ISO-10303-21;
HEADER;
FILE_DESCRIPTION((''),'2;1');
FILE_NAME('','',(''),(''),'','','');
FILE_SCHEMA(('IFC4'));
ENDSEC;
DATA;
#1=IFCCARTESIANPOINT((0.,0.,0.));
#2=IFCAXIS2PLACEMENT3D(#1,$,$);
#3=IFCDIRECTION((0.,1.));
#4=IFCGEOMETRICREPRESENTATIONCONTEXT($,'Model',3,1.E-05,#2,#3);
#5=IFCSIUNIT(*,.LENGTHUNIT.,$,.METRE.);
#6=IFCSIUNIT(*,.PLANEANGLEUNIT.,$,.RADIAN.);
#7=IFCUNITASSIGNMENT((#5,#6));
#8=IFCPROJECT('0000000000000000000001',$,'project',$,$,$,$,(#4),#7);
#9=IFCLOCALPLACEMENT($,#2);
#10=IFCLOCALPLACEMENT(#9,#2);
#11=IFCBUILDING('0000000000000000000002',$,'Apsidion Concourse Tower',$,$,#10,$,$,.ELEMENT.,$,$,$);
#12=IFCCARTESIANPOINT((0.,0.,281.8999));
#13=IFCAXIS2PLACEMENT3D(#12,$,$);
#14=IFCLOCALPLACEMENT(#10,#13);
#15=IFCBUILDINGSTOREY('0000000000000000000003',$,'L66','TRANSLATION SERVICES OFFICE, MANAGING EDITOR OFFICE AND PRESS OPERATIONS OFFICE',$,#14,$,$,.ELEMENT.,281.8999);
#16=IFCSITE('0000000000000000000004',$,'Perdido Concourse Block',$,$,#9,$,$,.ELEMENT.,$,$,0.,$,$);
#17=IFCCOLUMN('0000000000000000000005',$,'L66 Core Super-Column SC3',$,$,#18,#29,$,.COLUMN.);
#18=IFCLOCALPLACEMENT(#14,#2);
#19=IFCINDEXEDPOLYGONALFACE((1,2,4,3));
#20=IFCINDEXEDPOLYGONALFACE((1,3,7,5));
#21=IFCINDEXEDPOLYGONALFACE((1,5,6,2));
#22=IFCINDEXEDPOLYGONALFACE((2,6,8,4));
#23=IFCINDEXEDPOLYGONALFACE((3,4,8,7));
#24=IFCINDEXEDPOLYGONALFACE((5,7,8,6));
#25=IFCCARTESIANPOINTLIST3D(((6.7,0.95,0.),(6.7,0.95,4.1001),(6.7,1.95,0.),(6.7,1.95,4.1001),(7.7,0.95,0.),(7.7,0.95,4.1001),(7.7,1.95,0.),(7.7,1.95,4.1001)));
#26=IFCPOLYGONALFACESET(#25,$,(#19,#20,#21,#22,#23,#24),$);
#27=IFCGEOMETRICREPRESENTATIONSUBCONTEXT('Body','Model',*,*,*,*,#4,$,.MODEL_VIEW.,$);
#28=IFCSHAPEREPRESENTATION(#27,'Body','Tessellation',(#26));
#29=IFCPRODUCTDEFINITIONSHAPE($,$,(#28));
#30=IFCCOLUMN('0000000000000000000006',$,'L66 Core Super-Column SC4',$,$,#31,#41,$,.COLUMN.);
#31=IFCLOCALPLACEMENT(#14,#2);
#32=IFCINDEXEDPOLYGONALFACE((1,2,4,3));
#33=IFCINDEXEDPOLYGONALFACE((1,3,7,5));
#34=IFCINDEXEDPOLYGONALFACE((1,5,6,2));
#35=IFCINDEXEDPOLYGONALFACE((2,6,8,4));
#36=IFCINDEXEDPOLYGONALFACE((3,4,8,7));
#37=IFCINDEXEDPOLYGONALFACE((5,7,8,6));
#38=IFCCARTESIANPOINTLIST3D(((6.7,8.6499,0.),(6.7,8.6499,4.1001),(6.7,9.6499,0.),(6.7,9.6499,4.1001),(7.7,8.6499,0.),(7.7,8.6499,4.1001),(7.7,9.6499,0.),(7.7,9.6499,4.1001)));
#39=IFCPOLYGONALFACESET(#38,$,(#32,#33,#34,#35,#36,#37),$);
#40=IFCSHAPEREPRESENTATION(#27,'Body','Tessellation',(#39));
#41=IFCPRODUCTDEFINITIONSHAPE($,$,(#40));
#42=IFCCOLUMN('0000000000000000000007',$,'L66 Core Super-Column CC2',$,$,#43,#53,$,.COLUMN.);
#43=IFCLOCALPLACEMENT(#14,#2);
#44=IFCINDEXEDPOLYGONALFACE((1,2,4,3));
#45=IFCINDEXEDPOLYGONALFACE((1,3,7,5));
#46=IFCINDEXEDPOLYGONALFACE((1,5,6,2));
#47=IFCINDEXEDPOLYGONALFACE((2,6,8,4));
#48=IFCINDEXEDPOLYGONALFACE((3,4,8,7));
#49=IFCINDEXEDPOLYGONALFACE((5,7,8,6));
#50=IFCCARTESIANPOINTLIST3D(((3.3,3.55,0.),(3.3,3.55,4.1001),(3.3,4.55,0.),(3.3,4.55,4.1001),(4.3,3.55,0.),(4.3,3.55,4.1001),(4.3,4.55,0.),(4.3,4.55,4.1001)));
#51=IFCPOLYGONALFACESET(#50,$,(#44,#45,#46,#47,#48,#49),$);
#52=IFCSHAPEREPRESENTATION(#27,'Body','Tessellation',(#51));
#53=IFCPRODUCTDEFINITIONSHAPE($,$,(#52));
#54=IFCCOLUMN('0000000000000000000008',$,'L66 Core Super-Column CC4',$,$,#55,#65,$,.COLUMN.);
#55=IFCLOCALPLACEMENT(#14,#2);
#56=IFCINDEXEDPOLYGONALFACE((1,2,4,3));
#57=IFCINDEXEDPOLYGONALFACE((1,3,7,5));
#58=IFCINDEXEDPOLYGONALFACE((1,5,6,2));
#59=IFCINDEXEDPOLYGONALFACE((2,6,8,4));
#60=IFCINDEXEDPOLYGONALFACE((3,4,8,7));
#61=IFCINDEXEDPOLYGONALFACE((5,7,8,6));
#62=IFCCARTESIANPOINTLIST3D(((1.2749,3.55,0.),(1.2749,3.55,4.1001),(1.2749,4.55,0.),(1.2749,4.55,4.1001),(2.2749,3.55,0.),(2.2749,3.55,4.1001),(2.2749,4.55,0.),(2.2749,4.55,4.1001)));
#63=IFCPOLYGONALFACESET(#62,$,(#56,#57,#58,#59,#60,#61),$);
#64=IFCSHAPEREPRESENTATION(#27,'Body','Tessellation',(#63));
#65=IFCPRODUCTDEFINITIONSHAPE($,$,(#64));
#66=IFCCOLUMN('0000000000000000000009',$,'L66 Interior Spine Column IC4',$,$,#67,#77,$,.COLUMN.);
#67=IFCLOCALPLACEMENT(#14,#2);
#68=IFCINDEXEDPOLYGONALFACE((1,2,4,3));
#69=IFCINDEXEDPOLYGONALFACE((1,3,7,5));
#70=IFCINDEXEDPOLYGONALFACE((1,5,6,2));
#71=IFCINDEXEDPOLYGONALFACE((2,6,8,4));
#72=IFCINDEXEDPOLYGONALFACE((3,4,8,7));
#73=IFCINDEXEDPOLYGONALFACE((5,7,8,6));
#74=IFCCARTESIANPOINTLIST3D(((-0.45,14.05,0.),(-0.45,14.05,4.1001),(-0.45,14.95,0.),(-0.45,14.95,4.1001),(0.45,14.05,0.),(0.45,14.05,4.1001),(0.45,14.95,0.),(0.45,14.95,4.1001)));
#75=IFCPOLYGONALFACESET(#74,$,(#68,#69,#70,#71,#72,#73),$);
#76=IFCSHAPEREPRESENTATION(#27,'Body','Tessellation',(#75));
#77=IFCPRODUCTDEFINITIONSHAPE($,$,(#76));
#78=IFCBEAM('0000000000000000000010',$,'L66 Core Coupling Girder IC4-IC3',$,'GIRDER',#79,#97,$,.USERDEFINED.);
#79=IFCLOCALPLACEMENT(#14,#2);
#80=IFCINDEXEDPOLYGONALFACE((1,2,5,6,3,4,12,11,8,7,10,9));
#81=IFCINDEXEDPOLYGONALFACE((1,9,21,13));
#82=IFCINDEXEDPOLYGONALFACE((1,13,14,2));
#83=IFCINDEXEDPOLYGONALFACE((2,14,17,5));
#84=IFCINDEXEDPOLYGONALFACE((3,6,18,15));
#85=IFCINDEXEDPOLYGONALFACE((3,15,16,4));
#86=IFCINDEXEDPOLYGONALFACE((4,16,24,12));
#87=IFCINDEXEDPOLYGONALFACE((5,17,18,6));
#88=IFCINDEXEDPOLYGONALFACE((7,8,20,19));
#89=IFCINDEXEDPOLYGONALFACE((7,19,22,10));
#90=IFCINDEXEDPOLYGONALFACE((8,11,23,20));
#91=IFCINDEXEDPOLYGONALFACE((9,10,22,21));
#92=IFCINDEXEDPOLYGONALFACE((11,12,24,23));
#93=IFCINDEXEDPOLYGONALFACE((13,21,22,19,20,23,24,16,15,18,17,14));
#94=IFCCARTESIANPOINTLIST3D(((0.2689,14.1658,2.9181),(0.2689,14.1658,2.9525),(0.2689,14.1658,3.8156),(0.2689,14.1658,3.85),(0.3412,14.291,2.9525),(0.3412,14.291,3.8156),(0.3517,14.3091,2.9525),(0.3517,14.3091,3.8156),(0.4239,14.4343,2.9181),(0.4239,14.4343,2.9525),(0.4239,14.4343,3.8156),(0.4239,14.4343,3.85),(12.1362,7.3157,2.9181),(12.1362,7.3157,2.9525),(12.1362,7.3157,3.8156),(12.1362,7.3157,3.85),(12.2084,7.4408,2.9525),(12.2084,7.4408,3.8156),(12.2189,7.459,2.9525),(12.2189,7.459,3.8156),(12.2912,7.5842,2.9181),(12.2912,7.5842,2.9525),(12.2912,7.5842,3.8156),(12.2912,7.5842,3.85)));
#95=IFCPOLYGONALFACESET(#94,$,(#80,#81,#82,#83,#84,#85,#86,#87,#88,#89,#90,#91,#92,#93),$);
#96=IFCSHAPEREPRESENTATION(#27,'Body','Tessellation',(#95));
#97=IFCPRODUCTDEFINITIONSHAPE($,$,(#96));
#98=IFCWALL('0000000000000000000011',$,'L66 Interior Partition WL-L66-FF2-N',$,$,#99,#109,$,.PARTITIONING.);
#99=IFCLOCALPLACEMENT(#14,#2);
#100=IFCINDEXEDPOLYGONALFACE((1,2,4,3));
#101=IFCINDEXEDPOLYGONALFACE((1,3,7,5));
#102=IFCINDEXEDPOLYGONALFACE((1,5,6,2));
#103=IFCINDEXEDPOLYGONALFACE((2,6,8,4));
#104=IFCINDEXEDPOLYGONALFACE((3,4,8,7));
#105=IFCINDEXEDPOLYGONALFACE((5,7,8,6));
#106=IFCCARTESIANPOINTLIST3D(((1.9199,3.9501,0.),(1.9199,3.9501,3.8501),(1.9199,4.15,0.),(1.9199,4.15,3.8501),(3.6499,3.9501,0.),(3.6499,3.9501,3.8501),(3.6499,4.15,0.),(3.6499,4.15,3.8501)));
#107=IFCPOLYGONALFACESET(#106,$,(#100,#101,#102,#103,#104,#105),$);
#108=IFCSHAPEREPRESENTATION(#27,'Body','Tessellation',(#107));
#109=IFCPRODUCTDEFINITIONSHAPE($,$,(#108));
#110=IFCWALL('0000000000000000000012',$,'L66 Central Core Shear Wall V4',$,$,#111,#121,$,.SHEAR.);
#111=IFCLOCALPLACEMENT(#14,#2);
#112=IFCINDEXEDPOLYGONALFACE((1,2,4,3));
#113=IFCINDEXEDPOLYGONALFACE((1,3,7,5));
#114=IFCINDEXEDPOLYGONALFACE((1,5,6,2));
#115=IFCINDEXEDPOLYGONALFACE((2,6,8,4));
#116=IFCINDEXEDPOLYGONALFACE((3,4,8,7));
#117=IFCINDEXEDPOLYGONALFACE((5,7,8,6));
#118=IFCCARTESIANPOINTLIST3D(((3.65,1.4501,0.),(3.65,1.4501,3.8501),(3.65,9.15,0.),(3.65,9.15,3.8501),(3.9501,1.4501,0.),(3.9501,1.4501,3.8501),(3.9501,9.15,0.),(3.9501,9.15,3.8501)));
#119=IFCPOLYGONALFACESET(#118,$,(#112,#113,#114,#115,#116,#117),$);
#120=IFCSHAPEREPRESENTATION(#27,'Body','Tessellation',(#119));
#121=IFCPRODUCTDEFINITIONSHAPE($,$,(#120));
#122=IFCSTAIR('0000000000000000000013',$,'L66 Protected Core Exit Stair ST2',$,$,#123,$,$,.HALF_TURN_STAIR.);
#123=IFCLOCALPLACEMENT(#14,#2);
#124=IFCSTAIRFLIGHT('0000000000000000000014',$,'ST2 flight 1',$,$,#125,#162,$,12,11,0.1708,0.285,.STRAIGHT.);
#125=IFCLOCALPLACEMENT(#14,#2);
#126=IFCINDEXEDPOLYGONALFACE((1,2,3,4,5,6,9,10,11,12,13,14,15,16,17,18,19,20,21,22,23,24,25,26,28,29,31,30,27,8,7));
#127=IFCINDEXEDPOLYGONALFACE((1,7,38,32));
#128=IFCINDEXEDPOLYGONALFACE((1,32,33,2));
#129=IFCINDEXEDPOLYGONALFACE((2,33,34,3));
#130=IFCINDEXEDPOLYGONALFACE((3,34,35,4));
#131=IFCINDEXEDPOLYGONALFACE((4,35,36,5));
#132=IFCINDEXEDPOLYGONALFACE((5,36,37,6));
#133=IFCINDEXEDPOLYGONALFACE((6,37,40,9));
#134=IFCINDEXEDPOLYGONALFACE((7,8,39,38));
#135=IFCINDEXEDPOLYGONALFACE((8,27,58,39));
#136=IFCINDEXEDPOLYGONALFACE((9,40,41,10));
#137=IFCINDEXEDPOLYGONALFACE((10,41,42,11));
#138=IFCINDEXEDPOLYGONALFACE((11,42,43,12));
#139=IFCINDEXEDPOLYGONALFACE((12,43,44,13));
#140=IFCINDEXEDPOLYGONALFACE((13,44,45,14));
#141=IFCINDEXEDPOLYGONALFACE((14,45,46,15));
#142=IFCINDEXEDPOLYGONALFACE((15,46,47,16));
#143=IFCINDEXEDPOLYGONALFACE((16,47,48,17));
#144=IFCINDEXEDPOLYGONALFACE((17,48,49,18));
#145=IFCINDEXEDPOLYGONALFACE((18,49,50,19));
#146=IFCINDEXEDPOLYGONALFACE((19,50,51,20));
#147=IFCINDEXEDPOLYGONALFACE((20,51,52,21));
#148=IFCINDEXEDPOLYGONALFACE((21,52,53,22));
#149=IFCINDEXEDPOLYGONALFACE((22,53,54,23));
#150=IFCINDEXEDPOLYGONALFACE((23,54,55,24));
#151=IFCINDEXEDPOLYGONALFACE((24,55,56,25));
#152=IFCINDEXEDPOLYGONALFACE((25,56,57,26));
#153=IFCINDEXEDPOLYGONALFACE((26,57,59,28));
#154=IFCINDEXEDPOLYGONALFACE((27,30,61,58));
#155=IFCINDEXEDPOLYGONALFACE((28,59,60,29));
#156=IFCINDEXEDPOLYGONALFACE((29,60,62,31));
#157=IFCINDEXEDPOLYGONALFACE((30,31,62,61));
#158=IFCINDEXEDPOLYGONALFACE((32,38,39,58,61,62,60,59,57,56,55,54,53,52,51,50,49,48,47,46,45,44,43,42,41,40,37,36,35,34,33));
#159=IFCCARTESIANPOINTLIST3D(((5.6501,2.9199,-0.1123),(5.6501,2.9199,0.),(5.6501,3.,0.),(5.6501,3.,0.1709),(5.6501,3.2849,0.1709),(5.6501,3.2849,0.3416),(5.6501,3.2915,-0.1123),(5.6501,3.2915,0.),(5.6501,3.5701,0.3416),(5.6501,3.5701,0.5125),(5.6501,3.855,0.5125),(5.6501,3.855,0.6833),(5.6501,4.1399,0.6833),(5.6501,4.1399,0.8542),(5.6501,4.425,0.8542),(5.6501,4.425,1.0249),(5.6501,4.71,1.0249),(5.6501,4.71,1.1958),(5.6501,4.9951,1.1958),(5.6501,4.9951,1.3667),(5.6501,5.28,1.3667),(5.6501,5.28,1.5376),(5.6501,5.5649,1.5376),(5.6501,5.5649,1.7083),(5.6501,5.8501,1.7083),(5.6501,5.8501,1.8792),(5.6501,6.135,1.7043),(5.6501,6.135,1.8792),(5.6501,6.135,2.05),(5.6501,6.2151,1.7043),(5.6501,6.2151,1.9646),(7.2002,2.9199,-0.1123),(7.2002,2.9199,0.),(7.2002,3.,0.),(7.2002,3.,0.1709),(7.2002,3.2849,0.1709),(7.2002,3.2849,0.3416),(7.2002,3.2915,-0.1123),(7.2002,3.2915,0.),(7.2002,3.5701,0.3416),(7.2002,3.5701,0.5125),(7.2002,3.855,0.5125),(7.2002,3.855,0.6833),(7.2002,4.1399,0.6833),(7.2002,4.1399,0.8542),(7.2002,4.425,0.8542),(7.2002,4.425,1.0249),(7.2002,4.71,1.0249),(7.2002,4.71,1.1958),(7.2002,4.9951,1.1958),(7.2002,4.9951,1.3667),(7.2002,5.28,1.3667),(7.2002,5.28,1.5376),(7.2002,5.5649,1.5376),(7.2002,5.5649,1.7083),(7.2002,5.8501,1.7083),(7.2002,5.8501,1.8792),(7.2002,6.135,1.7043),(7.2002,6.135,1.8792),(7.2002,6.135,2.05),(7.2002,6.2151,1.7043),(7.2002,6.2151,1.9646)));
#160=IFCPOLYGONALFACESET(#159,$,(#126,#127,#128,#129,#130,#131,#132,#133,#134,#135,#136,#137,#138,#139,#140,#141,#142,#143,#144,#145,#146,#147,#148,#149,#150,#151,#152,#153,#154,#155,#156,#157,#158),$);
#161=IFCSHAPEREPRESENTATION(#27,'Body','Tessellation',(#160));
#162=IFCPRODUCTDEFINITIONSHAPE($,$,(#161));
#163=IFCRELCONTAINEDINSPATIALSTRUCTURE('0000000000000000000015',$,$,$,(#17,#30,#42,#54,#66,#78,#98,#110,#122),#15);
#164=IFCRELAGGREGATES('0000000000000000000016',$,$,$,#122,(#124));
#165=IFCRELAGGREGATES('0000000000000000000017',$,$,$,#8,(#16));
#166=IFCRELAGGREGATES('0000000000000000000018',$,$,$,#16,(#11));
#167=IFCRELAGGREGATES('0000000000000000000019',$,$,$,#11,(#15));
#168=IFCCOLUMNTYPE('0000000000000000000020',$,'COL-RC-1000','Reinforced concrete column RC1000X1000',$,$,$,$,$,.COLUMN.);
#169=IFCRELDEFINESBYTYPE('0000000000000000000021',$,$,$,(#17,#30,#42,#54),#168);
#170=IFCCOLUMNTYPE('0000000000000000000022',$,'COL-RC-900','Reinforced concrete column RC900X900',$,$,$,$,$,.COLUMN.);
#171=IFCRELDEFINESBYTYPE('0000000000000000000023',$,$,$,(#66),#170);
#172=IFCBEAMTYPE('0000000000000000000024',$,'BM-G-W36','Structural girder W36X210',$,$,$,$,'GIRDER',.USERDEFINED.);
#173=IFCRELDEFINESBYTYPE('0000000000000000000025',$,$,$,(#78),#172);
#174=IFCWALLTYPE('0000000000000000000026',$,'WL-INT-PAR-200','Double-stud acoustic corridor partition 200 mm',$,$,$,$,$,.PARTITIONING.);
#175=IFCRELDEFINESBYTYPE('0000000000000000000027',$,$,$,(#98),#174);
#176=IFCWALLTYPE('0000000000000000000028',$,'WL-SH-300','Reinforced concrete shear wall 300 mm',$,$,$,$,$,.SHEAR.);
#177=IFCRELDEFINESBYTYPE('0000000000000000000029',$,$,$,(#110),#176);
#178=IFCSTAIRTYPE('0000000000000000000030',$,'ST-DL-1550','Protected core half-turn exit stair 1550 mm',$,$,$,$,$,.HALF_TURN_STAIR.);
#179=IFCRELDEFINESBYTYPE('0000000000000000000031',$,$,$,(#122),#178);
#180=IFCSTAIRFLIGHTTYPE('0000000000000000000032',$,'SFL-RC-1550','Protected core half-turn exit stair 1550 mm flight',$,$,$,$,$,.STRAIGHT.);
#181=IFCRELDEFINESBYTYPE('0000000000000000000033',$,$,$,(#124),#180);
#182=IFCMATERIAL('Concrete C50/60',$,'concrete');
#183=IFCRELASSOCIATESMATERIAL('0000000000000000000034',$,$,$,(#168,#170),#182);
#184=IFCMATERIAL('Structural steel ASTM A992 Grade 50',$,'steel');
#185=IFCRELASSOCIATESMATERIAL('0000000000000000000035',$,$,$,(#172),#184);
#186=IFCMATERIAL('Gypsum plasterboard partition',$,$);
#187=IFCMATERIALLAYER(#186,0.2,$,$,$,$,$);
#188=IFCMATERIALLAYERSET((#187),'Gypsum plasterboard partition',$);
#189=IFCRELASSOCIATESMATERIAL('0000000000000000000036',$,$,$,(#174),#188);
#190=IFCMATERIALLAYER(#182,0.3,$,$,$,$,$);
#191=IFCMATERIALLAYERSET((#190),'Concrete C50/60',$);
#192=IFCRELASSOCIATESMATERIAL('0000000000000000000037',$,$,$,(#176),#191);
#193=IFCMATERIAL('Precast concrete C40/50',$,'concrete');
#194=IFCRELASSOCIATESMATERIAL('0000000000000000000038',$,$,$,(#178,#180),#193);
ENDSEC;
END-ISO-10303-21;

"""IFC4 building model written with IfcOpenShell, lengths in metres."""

from ifc_helpers import new_model, si_unit, direction, frame, frame_2d, origin, origin_2d, place, context, subcontext, project, spatial, polyline, rectangle, i_section, outline, extrude, material, layer, layer_set, material_profile, profile_set, type_object, element, aggregate, save


model = new_model("IFC4")

# Units and contexts
model_context = context("Model", 3, precision=1e-05, world=origin(), true_north=direction((0.0, 1.0)))
body_context = subcontext(model_context, "Body", "Model", "MODEL_VIEW")
ifc_project = project(units=[si_unit("LENGTHUNIT", "METRE"), si_unit("PLANEANGLEUNIT", "RADIAN")], contexts=[model_context])

# Site, building, storey
site_placement = place(None, origin())
site = spatial("IfcSite", under=ifc_project, at=site_placement, Name="Perdido Concourse Block", CompositionType="ELEMENT", RefElevation=0.0)
building_placement = place(site_placement, origin())
building = spatial("IfcBuilding", under=site, at=building_placement, Name="Apsidion Concourse Tower", CompositionType="ELEMENT")
storey_placement = place(building_placement, frame((0.0, 0.0, 281.8999)))
storey = spatial("IfcBuildingStorey", under=building, at=storey_placement, Name="L66", Description="TRANSLATION SERVICES OFFICE, MANAGING EDITOR OFFICE AND PRESS OPERATIONS OFFICE", CompositionType="ELEMENT", Elevation=281.8999)

# Columns
ifc_material_1 = material(Name="Concrete C50/60", Category="concrete")
ifc_material_profile_1 = material_profile(ifc_material_1, rectangle(XDim=1.0, YDim=1.0, at=origin_2d()), Name="RC 1000x1000")
ifc_profile_set_1 = profile_set([ifc_material_profile_1], Name="Concrete C50/60")
column_type_1 = type_object("IfcColumnType", Name="COL-RC-1000", Description="Reinforced concrete column RC1000X1000", PredefinedType="COLUMN", material=ifc_profile_set_1)
for number, where, z_axis, x_axis, name in (
    (1, (7.2, 1.45, 0.0), (0.0, 0.0, 1.0), (1.0, 0.0, 0.0), "L66 Core Super-Column SC3"),
    (2, (7.2, 9.1499, 0.0), (0.0, 0.0, 1.0), (1.0, 0.0, 0.0), "L66 Core Super-Column SC4"),
    (3, (3.8, 4.05, 0.0), (0.0, 0.0, 1.0), (1.0, 0.0, 0.0), "L66 Core Super-Column CC2"),
    (4, (1.7749, 4.05, 0.0), (0.0, 0.0, 1.0), (1.0, 0.0, 0.0), "L66 Core Super-Column CC4"),
):
    element("IfcColumn", number, at=place(storey_placement, frame(where, z_axis=z_axis, x_axis=x_axis)), inside=storey, type_object=column_type_1, Name=name, PredefinedType="COLUMN", context=body_context, shape_type="SweptSolid", body=[
        extrude(rectangle(XDim=1.0, YDim=1.0, at=origin_2d()), origin(), (0.0, 0.0, 1.0), 4.1001),
    ])
ifc_material_profile_2 = material_profile(ifc_material_1, rectangle(XDim=0.8999, YDim=0.8999, at=origin_2d()), Name="RC 900x900")
ifc_profile_set_2 = profile_set([ifc_material_profile_2], Name="Concrete C50/60")
column_type_2 = type_object("IfcColumnType", Name="COL-RC-900", Description="Reinforced concrete column RC900X900", PredefinedType="COLUMN", material=ifc_profile_set_2)
column_placement = place(storey_placement, frame((0.0, 14.5, 0.0), z_axis=(0.0, 0.0, 1.0), x_axis=(1.0, 0.0, 0.0)))
element("IfcColumn", 5, at=column_placement, inside=storey, type_object=column_type_2, Name="L66 Interior Spine Column IC4", PredefinedType="COLUMN", context=body_context, shape_type="SweptSolid", body=[
    extrude(rectangle(XDim=0.8999, YDim=0.8999, at=origin_2d()), origin(), (0.0, 0.0, 1.0), 4.1001),
])

# Beam
ifc_material_2 = material(Name="Structural steel ASTM A992 Grade 50", Category="steel")
ifc_material_profile_3 = material_profile(ifc_material_2, i_section(OverallWidth=0.3101, OverallDepth=0.9319, WebThickness=0.021, FlangeThickness=0.0344, at=origin_2d()), Name="W36X210")
ifc_profile_set_3 = profile_set([ifc_material_profile_3], Name="Structural steel ASTM A992 Grade 50")
beam_type = type_object("IfcBeamType", Name="BM-G-W36", Description="Structural girder W36X210", ElementType="GIRDER", PredefinedType="USERDEFINED", material=ifc_profile_set_3)
beam_placement = place(storey_placement, frame((0.3464, 14.3, 3.384), z_axis=(0.86607, -0.499922, 0.0), x_axis=(0.499922, 0.86607, 0.0)))
element("IfcBeam", 6, at=beam_placement, inside=storey, type_object=beam_type, Name="L66 Core Coupling Girder IC4-IC3", ObjectType="GIRDER", PredefinedType="USERDEFINED", context=body_context, shape_type="SweptSolid", body=[
    extrude(i_section(OverallWidth=0.3101, OverallDepth=0.9319, WebThickness=0.021, FlangeThickness=0.0344, at=origin_2d()), origin(), (0.0, 0.0, 1.0), 13.7024),
])

# Walls
ifc_material_3 = material(Name="Gypsum plasterboard partition")
ifc_layer_1 = layer(ifc_material_3, 0.2)
ifc_layer_set_1 = layer_set([ifc_layer_1], Name="Gypsum plasterboard partition")
wall_type_1 = type_object("IfcWallType", Name="WL-INT-PAR-200", Description="Double-stud acoustic corridor partition 200 mm", PredefinedType="PARTITIONING", material=ifc_layer_set_1)
wall_1_placement = place(storey_placement, frame((1.9199, 4.05, 0.0), z_axis=(0.0, 0.0, 1.0), x_axis=(1.0, 0.0, 0.0)))
element("IfcWall", 7, at=wall_1_placement, inside=storey, type_object=wall_type_1, Name="L66 Interior Partition WL-L66-FF2-N", PredefinedType="PARTITIONING", context=body_context, shape_type="SweptSolid", body=[
    extrude(rectangle(XDim=1.73, YDim=0.2, at=frame_2d((0.865, 0.0))), origin(), (0.0, 0.0, 1.0), 3.8501),
])
ifc_layer_2 = layer(ifc_material_1, 0.3)
ifc_layer_set_2 = layer_set([ifc_layer_2], Name="Concrete C50/60")
wall_type_2 = type_object("IfcWallType", Name="WL-SH-300", Description="Reinforced concrete shear wall 300 mm", PredefinedType="SHEAR", material=ifc_layer_set_2)
wall_2_placement = place(storey_placement, frame((3.8, 1.45, 0.0), z_axis=(0.0, 0.0, 1.0), x_axis=(0.0, 1.0, 0.0)))
element("IfcWall", 8, at=wall_2_placement, inside=storey, type_object=wall_type_2, Name="L66 Central Core Shear Wall V4", PredefinedType="SHEAR", context=body_context, shape_type="SweptSolid", body=[
    extrude(rectangle(XDim=7.7, YDim=0.3, at=frame_2d((3.8501, 0.0))), origin(), (0.0, 0.0, 1.0), 3.8501),
])

# Stair, stair flight
ifc_material_4 = material(Name="Precast concrete C40/50", Category="concrete")
stair_type = type_object("IfcStairType", Name="ST-DL-1550", Description="Protected core half-turn exit stair 1550 mm", PredefinedType="HALF_TURN_STAIR", material=ifc_material_4)
stair_1_placement = place(storey_placement, origin())
stair_1 = element("IfcStair", 9, at=stair_1_placement, inside=storey, type_object=stair_type, Name="L66 Protected Core Exit Stair ST2", PredefinedType="HALF_TURN_STAIR")
stair_flight_type = type_object("IfcStairFlightType", Name="SFL-RC-1550", Description="Protected core half-turn exit stair 1550 mm flight", PredefinedType="STRAIGHT", material=ifc_material_4)
stair_flight_1_placement = place(storey_placement, frame((6.425, 3.0, 0.0), z_axis=(0.0, 0.0, 1.0), x_axis=(0.0, 1.0, 0.0)))
stair_flight_1 = element("IfcStairFlight", 10, at=stair_flight_1_placement, type_object=stair_flight_type, Name="ST2 flight 1", NumberOfRisers=12, NumberOfTreads=11, PredefinedType="STRAIGHT", RiserHeight=0.1708, TreadLength=0.285, context=body_context, shape_type="SweptSolid", body=[
    extrude(outline(polyline([(-0.0801, -0.1123), (-0.0801, 0.0), (0.0, 0.0), (0.0, 0.1709), (0.2849, 0.1709), (0.2849, 0.3416), (0.5701, 0.3416), (0.5701, 0.5125), (0.855, 0.5125), (0.855, 0.6833), (1.1399, 0.6833), (1.1399, 0.8542), (1.425, 0.8542), (1.425, 1.0249), (1.71, 1.0249), (1.71, 1.1958), (1.9951, 1.1958), (1.9951, 1.3667), (2.28, 1.3667), (2.28, 1.5376), (2.5649, 1.5376), (2.5649, 1.7083), (2.8501, 1.7083), (2.8501, 1.8792), (3.135, 1.8792), (3.135, 2.05), (3.2151, 1.9646), (3.2151, 1.7043), (3.135, 1.7043), (0.2915, 0.0), (0.2915, -0.1123), (-0.0801, -0.1123)])), frame((0.0, 0.7749, 0.0), z_axis=(0.0, -1.0, 0.0), x_axis=(1.0, 0.0, 0.0)), (0.0, 0.0, 1.0), 1.55),
])
aggregate(stair_1, [stair_flight_1])

save(model, "model.ifc")
